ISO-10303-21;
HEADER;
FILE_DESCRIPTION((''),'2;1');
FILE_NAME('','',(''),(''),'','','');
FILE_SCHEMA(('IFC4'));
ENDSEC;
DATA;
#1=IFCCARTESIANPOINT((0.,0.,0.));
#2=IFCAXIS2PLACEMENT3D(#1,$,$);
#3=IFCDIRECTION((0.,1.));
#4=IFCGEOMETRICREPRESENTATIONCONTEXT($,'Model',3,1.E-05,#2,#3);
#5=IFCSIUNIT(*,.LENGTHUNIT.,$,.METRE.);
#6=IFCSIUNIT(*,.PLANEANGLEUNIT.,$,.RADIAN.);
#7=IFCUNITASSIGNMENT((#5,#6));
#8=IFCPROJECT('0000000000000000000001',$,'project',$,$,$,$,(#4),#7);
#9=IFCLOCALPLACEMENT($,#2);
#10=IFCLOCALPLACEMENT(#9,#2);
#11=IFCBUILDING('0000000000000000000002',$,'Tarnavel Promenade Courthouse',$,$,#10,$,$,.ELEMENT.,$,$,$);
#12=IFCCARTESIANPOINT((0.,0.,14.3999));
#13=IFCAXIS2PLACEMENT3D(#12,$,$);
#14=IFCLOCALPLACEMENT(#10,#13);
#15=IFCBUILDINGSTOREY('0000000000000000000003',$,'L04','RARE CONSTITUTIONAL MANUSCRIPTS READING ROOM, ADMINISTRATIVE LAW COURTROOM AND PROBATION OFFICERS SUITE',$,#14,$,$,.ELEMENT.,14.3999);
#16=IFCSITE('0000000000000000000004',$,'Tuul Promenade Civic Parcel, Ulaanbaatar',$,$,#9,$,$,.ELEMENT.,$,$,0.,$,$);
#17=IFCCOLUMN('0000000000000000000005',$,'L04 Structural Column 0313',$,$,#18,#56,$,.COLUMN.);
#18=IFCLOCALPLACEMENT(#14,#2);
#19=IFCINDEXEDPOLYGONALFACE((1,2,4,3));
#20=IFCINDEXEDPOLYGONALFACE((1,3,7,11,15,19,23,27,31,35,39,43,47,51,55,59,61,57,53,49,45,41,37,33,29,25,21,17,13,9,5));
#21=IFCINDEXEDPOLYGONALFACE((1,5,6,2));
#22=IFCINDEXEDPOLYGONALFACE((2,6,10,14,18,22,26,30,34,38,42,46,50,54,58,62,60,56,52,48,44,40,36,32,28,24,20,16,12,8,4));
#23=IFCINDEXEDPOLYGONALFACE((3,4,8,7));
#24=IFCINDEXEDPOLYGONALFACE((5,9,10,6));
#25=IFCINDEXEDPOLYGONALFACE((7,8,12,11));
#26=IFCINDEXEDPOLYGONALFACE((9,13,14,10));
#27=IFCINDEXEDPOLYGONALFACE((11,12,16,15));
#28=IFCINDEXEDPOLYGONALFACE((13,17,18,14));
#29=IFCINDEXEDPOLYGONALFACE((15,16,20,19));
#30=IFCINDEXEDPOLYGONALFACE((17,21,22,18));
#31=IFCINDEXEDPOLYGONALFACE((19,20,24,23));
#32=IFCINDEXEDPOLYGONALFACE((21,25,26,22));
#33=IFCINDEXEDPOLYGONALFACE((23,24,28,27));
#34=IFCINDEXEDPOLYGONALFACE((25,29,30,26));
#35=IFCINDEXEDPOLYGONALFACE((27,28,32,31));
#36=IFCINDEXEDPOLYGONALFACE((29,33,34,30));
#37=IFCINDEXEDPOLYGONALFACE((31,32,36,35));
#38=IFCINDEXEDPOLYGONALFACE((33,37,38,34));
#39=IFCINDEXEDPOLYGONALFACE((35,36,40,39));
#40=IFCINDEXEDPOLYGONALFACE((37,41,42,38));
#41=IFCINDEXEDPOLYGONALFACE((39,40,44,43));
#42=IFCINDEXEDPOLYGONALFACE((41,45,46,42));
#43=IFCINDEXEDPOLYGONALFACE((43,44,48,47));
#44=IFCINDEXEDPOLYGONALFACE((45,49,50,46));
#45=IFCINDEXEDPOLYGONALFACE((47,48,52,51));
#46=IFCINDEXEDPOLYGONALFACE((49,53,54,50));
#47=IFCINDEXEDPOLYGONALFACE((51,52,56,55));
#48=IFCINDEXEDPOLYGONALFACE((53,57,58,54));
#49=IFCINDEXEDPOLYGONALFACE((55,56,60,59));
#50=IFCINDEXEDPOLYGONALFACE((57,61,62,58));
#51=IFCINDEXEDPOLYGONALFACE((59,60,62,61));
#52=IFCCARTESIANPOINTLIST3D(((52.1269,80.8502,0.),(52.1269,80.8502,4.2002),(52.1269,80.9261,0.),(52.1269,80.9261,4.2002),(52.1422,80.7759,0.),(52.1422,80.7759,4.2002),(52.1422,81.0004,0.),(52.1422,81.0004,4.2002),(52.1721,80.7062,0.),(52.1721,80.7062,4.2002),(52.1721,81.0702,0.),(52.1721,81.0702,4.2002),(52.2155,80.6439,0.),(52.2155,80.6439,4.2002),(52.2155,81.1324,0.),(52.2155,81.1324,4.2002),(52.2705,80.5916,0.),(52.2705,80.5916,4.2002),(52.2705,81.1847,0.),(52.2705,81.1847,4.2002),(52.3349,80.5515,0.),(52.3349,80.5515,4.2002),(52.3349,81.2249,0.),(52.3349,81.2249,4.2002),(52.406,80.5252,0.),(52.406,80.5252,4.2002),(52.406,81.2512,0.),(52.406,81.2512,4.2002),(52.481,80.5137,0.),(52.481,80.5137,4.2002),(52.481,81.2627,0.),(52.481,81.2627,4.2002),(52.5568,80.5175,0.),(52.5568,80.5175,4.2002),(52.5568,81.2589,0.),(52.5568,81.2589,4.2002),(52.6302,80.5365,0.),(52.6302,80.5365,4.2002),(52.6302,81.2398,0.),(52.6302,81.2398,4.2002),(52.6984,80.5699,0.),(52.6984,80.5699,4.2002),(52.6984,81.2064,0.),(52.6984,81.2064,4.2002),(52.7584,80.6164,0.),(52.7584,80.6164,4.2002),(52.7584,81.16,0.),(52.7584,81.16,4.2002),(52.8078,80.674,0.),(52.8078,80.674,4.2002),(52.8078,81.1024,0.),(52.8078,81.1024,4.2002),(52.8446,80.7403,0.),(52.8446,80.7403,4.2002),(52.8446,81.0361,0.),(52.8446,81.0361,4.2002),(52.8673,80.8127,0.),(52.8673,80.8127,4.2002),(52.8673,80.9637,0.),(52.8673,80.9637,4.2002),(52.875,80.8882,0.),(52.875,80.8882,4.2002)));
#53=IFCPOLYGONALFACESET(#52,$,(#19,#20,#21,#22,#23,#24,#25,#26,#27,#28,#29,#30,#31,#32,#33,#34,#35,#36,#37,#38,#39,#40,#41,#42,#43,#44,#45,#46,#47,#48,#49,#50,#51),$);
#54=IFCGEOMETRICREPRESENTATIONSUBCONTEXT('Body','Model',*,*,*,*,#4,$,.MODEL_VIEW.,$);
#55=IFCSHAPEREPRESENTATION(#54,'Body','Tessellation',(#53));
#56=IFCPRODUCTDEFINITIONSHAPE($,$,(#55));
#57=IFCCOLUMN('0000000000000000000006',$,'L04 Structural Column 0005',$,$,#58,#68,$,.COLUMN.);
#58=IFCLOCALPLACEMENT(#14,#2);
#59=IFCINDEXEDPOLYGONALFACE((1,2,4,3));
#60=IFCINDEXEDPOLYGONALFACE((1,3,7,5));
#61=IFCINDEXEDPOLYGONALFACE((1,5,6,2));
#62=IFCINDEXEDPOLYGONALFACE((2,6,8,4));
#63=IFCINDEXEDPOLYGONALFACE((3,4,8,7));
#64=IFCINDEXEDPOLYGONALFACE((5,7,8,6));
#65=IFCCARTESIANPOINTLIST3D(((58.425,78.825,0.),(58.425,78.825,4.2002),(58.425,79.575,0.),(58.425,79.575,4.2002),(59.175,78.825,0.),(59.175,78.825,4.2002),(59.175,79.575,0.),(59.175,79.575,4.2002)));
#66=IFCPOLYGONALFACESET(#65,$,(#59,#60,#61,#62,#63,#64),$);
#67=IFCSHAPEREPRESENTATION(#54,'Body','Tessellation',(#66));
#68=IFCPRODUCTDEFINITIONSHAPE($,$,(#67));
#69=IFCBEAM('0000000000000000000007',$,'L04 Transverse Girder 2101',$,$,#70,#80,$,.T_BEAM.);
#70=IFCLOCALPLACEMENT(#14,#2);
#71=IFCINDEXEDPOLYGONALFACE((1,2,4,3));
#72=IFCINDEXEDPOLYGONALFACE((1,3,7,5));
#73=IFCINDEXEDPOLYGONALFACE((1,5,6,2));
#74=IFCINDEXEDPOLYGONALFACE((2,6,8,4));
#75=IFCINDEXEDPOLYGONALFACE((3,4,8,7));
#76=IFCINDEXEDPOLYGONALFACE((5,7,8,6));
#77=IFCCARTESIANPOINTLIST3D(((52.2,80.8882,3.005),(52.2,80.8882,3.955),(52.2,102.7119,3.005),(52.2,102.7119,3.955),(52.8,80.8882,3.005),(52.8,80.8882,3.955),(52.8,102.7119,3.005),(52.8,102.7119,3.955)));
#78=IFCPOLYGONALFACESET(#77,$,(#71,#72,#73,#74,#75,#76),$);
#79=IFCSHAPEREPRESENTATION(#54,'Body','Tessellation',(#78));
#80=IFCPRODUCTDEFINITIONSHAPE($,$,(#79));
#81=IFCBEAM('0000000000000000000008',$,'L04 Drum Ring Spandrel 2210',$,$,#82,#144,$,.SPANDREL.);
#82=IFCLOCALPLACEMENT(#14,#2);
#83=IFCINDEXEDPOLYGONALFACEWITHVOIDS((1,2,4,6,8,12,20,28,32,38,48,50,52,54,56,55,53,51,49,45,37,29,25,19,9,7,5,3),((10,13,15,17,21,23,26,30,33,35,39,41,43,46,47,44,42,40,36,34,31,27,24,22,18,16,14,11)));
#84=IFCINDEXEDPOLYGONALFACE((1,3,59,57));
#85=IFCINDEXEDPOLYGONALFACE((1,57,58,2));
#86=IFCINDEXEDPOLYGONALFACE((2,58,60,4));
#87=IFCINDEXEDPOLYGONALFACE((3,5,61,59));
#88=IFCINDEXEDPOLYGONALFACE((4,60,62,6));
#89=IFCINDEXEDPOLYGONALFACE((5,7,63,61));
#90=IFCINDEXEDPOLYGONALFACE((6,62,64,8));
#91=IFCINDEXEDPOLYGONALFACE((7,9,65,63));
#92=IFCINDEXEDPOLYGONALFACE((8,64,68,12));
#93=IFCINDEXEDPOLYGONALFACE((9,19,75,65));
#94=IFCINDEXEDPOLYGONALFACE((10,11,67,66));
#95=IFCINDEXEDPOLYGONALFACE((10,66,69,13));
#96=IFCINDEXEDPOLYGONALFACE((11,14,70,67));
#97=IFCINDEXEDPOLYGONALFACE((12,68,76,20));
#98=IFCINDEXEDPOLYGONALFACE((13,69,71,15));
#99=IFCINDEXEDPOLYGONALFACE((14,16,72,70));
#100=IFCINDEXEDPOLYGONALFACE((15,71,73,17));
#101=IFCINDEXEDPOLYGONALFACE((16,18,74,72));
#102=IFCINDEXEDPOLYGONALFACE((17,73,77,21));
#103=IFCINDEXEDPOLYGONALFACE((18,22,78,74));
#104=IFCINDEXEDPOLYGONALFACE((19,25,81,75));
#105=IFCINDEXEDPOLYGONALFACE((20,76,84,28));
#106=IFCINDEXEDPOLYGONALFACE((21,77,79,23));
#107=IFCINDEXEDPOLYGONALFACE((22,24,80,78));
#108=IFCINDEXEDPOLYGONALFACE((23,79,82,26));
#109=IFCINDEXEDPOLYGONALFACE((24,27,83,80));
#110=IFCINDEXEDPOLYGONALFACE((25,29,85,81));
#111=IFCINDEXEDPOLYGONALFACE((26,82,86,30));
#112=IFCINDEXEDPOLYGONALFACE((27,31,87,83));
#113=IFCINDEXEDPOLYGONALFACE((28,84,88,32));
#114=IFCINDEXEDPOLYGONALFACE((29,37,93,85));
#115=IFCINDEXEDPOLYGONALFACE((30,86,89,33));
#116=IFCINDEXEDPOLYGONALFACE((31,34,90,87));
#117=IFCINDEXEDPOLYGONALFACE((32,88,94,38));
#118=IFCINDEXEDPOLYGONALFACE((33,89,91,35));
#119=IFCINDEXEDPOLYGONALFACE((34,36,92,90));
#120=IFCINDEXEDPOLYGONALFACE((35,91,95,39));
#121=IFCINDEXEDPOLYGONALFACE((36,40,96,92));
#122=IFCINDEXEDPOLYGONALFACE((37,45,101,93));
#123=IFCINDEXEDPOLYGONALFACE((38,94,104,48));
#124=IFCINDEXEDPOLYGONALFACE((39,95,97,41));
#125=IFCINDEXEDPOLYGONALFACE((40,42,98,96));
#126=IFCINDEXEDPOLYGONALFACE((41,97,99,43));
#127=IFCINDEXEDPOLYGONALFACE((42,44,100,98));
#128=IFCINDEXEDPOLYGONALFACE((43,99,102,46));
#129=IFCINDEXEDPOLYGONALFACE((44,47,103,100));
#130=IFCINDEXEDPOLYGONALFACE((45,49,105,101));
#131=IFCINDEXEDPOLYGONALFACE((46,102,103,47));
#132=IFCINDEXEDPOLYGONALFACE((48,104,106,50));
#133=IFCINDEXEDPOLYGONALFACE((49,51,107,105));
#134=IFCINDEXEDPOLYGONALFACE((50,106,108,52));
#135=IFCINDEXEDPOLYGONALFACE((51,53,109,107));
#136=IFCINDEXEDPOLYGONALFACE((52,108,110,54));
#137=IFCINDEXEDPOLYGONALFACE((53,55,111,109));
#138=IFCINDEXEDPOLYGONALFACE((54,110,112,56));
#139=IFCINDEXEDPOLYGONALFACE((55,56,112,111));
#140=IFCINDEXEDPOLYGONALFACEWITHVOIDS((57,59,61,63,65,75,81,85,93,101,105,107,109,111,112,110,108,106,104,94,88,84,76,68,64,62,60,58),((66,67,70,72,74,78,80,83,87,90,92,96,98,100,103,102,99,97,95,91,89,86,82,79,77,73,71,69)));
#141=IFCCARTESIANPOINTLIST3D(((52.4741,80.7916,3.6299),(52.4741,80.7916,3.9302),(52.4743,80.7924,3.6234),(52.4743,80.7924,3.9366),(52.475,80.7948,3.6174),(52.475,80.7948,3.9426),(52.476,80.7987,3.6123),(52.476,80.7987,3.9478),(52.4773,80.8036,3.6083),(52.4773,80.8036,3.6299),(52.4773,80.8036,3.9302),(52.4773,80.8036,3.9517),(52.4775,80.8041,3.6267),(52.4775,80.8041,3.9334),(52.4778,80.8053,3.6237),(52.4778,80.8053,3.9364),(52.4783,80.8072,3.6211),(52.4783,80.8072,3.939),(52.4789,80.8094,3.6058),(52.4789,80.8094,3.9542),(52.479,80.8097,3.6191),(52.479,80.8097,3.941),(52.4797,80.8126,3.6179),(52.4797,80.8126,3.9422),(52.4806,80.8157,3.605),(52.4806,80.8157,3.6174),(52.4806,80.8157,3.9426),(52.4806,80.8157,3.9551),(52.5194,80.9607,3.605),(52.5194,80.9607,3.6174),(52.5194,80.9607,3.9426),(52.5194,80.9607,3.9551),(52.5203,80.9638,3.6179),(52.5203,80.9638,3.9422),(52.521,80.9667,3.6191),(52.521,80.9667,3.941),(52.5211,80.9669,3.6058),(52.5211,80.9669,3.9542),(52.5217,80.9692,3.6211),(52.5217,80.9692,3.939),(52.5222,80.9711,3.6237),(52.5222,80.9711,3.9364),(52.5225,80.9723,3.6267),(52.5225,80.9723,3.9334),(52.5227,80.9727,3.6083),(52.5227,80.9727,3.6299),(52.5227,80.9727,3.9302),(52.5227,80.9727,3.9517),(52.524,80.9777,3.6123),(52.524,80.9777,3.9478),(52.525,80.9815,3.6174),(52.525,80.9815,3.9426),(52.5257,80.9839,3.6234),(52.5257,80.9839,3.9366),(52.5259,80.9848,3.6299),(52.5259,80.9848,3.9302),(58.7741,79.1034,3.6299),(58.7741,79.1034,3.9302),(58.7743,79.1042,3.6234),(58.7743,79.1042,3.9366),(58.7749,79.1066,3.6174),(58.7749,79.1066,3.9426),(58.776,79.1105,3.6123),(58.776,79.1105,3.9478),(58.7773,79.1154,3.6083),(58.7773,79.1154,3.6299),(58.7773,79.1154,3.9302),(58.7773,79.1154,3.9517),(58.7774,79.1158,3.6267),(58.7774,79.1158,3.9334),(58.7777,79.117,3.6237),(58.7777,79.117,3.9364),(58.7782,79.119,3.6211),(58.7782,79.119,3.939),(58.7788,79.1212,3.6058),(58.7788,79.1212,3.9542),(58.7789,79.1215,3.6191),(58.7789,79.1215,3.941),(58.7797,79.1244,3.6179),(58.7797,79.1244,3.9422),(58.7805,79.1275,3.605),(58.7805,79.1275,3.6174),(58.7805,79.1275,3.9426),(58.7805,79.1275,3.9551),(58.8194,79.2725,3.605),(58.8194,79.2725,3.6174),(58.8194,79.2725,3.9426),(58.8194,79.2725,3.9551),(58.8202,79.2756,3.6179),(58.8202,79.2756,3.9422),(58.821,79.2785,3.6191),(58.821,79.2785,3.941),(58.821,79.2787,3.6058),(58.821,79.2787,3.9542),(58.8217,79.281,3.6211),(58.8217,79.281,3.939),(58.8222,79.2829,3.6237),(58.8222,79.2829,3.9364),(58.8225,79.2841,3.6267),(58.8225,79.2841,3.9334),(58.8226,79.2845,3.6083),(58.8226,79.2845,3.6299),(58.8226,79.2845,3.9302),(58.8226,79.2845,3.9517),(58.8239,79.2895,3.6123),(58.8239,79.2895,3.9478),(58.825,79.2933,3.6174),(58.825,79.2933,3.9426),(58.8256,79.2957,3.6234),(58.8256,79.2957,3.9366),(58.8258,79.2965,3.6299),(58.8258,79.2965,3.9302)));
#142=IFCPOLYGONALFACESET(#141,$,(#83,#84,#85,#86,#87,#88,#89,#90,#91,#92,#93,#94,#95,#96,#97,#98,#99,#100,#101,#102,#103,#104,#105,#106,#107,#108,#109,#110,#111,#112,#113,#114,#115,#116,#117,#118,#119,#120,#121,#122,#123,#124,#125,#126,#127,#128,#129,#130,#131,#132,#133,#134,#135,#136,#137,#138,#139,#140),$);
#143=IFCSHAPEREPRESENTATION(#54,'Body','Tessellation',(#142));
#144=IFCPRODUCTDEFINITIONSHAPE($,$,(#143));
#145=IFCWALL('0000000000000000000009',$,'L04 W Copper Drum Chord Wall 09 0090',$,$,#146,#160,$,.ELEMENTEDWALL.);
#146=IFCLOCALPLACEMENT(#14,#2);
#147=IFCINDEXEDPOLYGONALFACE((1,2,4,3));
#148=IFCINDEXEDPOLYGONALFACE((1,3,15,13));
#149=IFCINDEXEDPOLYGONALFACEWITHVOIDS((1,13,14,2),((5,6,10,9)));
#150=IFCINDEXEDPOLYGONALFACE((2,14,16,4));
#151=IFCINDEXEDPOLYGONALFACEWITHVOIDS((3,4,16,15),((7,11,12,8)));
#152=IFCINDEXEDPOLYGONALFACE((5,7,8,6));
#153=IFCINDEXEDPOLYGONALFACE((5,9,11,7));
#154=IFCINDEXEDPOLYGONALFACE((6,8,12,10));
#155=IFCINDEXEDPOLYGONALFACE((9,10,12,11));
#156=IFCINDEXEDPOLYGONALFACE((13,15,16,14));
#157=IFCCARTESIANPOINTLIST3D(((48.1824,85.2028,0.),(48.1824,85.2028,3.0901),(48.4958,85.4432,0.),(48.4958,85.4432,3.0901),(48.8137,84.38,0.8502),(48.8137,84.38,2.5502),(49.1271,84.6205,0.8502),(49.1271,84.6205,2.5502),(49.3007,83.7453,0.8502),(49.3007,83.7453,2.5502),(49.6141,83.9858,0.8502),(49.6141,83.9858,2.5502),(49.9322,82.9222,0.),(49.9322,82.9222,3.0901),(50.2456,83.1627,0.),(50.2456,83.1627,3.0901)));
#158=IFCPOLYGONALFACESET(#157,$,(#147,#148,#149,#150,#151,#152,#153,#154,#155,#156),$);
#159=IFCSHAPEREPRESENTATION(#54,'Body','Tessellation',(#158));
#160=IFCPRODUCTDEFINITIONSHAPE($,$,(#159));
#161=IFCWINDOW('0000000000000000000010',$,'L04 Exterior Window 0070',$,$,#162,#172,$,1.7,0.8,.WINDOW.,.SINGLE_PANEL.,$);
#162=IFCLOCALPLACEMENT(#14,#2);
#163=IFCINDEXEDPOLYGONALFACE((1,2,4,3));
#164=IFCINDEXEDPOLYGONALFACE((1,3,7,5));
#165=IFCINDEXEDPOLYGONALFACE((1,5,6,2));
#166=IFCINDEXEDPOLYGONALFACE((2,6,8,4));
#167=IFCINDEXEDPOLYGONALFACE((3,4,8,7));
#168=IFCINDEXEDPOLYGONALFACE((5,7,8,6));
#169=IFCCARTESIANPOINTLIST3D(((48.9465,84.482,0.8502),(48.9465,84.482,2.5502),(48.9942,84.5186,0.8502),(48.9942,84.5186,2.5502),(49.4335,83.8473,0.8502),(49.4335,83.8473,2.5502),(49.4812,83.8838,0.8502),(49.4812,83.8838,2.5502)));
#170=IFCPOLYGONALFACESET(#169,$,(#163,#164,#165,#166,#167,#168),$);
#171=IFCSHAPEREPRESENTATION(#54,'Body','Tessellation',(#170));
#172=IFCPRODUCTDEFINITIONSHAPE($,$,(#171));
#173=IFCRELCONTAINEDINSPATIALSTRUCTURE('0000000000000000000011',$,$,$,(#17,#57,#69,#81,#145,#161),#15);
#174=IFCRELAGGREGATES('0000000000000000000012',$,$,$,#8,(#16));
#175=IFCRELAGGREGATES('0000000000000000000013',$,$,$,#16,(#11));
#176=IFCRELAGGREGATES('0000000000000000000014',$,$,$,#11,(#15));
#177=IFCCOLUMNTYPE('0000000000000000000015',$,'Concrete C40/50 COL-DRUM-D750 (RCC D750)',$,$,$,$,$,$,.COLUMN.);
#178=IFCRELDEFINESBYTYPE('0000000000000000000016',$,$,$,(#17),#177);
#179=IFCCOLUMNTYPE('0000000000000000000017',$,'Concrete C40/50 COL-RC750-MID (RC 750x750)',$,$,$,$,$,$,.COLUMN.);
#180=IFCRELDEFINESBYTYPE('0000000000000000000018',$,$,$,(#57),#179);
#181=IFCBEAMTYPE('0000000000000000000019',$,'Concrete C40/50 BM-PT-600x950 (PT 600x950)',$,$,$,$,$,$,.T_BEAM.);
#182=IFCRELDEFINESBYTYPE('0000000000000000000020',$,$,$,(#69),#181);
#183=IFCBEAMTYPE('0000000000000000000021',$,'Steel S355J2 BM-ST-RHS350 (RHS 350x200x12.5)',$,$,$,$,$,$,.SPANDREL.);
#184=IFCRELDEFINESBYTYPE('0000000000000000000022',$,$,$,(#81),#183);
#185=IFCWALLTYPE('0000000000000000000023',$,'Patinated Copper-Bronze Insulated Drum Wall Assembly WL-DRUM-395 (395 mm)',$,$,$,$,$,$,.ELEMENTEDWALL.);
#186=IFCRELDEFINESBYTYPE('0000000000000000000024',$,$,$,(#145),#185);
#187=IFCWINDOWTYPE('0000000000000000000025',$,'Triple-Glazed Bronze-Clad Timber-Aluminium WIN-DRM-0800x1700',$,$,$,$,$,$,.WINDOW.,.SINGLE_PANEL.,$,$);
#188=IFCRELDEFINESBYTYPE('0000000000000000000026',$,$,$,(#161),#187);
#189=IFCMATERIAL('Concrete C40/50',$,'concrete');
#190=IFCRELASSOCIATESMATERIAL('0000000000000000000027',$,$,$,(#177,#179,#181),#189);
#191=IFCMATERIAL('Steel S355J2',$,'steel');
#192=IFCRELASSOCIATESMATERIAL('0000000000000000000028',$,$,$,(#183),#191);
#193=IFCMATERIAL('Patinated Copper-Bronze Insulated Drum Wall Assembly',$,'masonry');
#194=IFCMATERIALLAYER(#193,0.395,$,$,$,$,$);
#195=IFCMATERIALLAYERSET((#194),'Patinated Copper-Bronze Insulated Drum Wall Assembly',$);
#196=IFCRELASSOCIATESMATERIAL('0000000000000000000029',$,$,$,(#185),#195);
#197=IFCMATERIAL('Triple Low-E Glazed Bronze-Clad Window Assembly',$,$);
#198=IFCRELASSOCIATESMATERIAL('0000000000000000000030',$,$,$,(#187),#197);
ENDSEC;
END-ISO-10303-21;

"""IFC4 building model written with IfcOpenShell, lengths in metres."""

from ifc_helpers import new_model, si_unit, direction, frame, frame_2d, origin, origin_2d, place, context, subcontext, project, spatial, rectangle, hollow_rectangle, circle, extrude, material, layer, layer_set, material_profile, profile_set, type_object, element, fill, save


model = new_model("IFC4")

# Units and contexts
model_context = context("Model", 3, precision=1e-05, world=origin(), true_north=direction((0.0, 1.0)))
body_context = subcontext(model_context, "Body", "Model", "MODEL_VIEW")
ifc_project = project(units=[si_unit("LENGTHUNIT", "METRE"), si_unit("PLANEANGLEUNIT", "RADIAN")], contexts=[model_context])

# Site, building, storey
site_placement = place(None, origin())
site = spatial("IfcSite", under=ifc_project, at=site_placement, Name="Tuul Promenade Civic Parcel, Ulaanbaatar", CompositionType="ELEMENT", RefElevation=0.0)
building_placement = place(site_placement, origin())
building = spatial("IfcBuilding", under=site, at=building_placement, Name="Tarnavel Promenade Courthouse", CompositionType="ELEMENT")
storey_placement = place(building_placement, frame((0.0, 0.0, 14.3999)))
storey = spatial("IfcBuildingStorey", under=building, at=storey_placement, Name="L04", Description="RARE CONSTITUTIONAL MANUSCRIPTS READING ROOM, ADMINISTRATIVE LAW COURTROOM AND PROBATION OFFICERS SUITE", CompositionType="ELEMENT", Elevation=14.3999)

# Columns
ifc_material_1 = material(Name="Concrete C40/50", Category="concrete")
ifc_material_profile_1 = material_profile(ifc_material_1, circle(Radius=0.375, at=origin_2d()), Name="RCC D750")
ifc_profile_set_1 = profile_set([ifc_material_profile_1], Name="Concrete C40/50")
column_type_1 = type_object("IfcColumnType", Name="Concrete C40/50 COL-DRUM-D750 (RCC D750)", PredefinedType="COLUMN", material=ifc_profile_set_1)
column_1_placement = place(storey_placement, frame((52.5, 80.8882, 0.0), z_axis=(0.0, 0.0, 1.0), x_axis=(1.0, 0.0, 0.0)))
element("IfcColumn", 1, at=column_1_placement, inside=storey, type_object=column_type_1, Name="L04 Structural Column 0313", PredefinedType="COLUMN", context=body_context, shape_type="SweptSolid", body=[
    extrude(circle(Radius=0.375, at=origin_2d()), origin(), (0.0, 0.0, 1.0), 4.2002),
])
ifc_material_profile_2 = material_profile(ifc_material_1, rectangle(XDim=0.75, YDim=0.75, at=origin_2d()), Name="RC 750x750")
ifc_profile_set_2 = profile_set([ifc_material_profile_2], Name="Concrete C40/50")
column_type_2 = type_object("IfcColumnType", Name="Concrete C40/50 COL-RC750-MID (RC 750x750)", PredefinedType="COLUMN", material=ifc_profile_set_2)
column_2_placement = place(storey_placement, frame((58.8, 79.2, 0.0), z_axis=(0.0, 0.0, 1.0), x_axis=(1.0, 0.0, 0.0)))
element("IfcColumn", 2, at=column_2_placement, inside=storey, type_object=column_type_2, Name="L04 Structural Column 0005", PredefinedType="COLUMN", context=body_context, shape_type="SweptSolid", body=[
    extrude(rectangle(XDim=0.75, YDim=0.75, at=origin_2d()), origin(), (0.0, 0.0, 1.0), 4.2002),
])

# Beams
ifc_material_profile_3 = material_profile(ifc_material_1, rectangle(XDim=0.6001, YDim=0.95, at=origin_2d()), Name="PT 600x950")
ifc_profile_set_3 = profile_set([ifc_material_profile_3], Name="Concrete C40/50")
beam_type_1 = type_object("IfcBeamType", Name="Concrete C40/50 BM-PT-600x950 (PT 600x950)", PredefinedType="T_BEAM", material=ifc_profile_set_3)
beam_1_placement = place(storey_placement, frame((52.5, 80.8882, 3.48), z_axis=(0.0, 1.0, 0.0), x_axis=(-1.0, 0.0, 0.0)))
element("IfcBeam", 3, at=beam_1_placement, inside=storey, type_object=beam_type_1, Name="L04 Transverse Girder 2101", PredefinedType="T_BEAM", context=body_context, shape_type="SweptSolid", body=[
    extrude(rectangle(XDim=0.6001, YDim=0.95, at=origin_2d()), origin(), (0.0, 0.0, 1.0), 21.8237),
])
ifc_material_2 = material(Name="Steel S355J2", Category="steel")
ifc_material_profile_4 = material_profile(ifc_material_2, hollow_rectangle(XDim=0.2, YDim=0.3501, WallThickness=0.0125, InnerFilletRadius=0.0125, OuterFilletRadius=0.0249, at=origin_2d()), Name="RHS 350x200x12.5")
ifc_profile_set_4 = profile_set([ifc_material_profile_4], Name="Steel S355J2")
beam_type_2 = type_object("IfcBeamType", Name="Steel S355J2 BM-ST-RHS350 (RHS 350x200x12.5)", PredefinedType="SPANDREL", material=ifc_profile_set_4)
beam_2_placement = place(storey_placement, frame((52.5, 80.8882, 3.78), z_axis=(0.96592, -0.258839, 0.0), x_axis=(0.258839, 0.96592, 0.0)))
element("IfcBeam", 4, at=beam_2_placement, inside=storey, type_object=beam_type_2, Name="L04 Drum Ring Spandrel 2210", PredefinedType="SPANDREL", context=body_context, shape_type="SweptSolid", body=[
    extrude(hollow_rectangle(XDim=0.2, YDim=0.3501, WallThickness=0.0125, InnerFilletRadius=0.0125, OuterFilletRadius=0.0249, at=origin_2d()), origin(), (0.0, 0.0, 1.0), 6.5222),
])

# Wall, opening, window
ifc_material_3 = material(Name="Patinated Copper-Bronze Insulated Drum Wall Assembly", Category="masonry")
ifc_layer_1 = layer(ifc_material_3, 0.395)
ifc_layer_set_1 = layer_set([ifc_layer_1], Name="Patinated Copper-Bronze Insulated Drum Wall Assembly")
wall_type = type_object("IfcWallType", Name="Patinated Copper-Bronze Insulated Drum Wall Assembly WL-DRUM-395 (395 mm)", PredefinedType="ELEMENTEDWALL", material=ifc_layer_set_1)
wall_1_placement = place(storey_placement, frame((48.3391, 85.323, 0.0), z_axis=(0.0, 0.0, 1.0), x_axis=(0.608729, -0.793378, 0.0)))
wall_1 = element("IfcWall", 5, at=wall_1_placement, inside=storey, type_object=wall_type, Name="L04 W Copper Drum Chord Wall 09 0090", PredefinedType="ELEMENTEDWALL", context=body_context, shape_type="SweptSolid", body=[
    extrude(rectangle(XDim=2.8745, YDim=0.395, at=frame_2d((1.4373, 0.0))), origin(), (0.0, 0.0, 1.0), 3.0901),
])
opening_1_placement = place(wall_1_placement, frame((1.0371, 0.0, 0.8501)))
opening_1 = element("IfcOpeningElement", 6, at=opening_1_placement, cuts=wall_1, PredefinedType="OPENING", context=body_context, shape_type="SweptSolid", body=[
    extrude(rectangle(XDim=0.8, YDim=1.7, at=frame_2d((0.3999, 0.8501))), frame((0.0, 0.2075, 0.0), z_axis=(0.0, -1.0, 0.0), x_axis=(1.0, 0.0, 0.0)), (0.0, 0.0, 1.0), 0.415),
])
ifc_material_4 = material(Name="Triple Low-E Glazed Bronze-Clad Window Assembly")
window_type = type_object("IfcWindowType", Name="Triple-Glazed Bronze-Clad Timber-Aluminium WIN-DRM-0800x1700", PartitioningType="SINGLE_PANEL", PredefinedType="WINDOW", material=ifc_material_4)
window_1_placement = place(opening_1_placement, origin())
window_1 = element("IfcWindow", 7, at=window_1_placement, inside=storey, type_object=window_type, Name="L04 Exterior Window 0070", OverallHeight=1.7, OverallWidth=0.8, PartitioningType="SINGLE_PANEL", PredefinedType="WINDOW", context=body_context, shape_type="SweptSolid", body=[
    extrude(rectangle(XDim=0.8, YDim=1.7, at=frame_2d((0.3999, 0.8501))), frame((0.0, 0.03, 0.0), z_axis=(0.0, -1.0, 0.0), x_axis=(1.0, 0.0, 0.0)), (0.0, 0.0, 1.0), 0.0601),
])
fill(opening_1, window_1)

save(model, "model.ifc")
